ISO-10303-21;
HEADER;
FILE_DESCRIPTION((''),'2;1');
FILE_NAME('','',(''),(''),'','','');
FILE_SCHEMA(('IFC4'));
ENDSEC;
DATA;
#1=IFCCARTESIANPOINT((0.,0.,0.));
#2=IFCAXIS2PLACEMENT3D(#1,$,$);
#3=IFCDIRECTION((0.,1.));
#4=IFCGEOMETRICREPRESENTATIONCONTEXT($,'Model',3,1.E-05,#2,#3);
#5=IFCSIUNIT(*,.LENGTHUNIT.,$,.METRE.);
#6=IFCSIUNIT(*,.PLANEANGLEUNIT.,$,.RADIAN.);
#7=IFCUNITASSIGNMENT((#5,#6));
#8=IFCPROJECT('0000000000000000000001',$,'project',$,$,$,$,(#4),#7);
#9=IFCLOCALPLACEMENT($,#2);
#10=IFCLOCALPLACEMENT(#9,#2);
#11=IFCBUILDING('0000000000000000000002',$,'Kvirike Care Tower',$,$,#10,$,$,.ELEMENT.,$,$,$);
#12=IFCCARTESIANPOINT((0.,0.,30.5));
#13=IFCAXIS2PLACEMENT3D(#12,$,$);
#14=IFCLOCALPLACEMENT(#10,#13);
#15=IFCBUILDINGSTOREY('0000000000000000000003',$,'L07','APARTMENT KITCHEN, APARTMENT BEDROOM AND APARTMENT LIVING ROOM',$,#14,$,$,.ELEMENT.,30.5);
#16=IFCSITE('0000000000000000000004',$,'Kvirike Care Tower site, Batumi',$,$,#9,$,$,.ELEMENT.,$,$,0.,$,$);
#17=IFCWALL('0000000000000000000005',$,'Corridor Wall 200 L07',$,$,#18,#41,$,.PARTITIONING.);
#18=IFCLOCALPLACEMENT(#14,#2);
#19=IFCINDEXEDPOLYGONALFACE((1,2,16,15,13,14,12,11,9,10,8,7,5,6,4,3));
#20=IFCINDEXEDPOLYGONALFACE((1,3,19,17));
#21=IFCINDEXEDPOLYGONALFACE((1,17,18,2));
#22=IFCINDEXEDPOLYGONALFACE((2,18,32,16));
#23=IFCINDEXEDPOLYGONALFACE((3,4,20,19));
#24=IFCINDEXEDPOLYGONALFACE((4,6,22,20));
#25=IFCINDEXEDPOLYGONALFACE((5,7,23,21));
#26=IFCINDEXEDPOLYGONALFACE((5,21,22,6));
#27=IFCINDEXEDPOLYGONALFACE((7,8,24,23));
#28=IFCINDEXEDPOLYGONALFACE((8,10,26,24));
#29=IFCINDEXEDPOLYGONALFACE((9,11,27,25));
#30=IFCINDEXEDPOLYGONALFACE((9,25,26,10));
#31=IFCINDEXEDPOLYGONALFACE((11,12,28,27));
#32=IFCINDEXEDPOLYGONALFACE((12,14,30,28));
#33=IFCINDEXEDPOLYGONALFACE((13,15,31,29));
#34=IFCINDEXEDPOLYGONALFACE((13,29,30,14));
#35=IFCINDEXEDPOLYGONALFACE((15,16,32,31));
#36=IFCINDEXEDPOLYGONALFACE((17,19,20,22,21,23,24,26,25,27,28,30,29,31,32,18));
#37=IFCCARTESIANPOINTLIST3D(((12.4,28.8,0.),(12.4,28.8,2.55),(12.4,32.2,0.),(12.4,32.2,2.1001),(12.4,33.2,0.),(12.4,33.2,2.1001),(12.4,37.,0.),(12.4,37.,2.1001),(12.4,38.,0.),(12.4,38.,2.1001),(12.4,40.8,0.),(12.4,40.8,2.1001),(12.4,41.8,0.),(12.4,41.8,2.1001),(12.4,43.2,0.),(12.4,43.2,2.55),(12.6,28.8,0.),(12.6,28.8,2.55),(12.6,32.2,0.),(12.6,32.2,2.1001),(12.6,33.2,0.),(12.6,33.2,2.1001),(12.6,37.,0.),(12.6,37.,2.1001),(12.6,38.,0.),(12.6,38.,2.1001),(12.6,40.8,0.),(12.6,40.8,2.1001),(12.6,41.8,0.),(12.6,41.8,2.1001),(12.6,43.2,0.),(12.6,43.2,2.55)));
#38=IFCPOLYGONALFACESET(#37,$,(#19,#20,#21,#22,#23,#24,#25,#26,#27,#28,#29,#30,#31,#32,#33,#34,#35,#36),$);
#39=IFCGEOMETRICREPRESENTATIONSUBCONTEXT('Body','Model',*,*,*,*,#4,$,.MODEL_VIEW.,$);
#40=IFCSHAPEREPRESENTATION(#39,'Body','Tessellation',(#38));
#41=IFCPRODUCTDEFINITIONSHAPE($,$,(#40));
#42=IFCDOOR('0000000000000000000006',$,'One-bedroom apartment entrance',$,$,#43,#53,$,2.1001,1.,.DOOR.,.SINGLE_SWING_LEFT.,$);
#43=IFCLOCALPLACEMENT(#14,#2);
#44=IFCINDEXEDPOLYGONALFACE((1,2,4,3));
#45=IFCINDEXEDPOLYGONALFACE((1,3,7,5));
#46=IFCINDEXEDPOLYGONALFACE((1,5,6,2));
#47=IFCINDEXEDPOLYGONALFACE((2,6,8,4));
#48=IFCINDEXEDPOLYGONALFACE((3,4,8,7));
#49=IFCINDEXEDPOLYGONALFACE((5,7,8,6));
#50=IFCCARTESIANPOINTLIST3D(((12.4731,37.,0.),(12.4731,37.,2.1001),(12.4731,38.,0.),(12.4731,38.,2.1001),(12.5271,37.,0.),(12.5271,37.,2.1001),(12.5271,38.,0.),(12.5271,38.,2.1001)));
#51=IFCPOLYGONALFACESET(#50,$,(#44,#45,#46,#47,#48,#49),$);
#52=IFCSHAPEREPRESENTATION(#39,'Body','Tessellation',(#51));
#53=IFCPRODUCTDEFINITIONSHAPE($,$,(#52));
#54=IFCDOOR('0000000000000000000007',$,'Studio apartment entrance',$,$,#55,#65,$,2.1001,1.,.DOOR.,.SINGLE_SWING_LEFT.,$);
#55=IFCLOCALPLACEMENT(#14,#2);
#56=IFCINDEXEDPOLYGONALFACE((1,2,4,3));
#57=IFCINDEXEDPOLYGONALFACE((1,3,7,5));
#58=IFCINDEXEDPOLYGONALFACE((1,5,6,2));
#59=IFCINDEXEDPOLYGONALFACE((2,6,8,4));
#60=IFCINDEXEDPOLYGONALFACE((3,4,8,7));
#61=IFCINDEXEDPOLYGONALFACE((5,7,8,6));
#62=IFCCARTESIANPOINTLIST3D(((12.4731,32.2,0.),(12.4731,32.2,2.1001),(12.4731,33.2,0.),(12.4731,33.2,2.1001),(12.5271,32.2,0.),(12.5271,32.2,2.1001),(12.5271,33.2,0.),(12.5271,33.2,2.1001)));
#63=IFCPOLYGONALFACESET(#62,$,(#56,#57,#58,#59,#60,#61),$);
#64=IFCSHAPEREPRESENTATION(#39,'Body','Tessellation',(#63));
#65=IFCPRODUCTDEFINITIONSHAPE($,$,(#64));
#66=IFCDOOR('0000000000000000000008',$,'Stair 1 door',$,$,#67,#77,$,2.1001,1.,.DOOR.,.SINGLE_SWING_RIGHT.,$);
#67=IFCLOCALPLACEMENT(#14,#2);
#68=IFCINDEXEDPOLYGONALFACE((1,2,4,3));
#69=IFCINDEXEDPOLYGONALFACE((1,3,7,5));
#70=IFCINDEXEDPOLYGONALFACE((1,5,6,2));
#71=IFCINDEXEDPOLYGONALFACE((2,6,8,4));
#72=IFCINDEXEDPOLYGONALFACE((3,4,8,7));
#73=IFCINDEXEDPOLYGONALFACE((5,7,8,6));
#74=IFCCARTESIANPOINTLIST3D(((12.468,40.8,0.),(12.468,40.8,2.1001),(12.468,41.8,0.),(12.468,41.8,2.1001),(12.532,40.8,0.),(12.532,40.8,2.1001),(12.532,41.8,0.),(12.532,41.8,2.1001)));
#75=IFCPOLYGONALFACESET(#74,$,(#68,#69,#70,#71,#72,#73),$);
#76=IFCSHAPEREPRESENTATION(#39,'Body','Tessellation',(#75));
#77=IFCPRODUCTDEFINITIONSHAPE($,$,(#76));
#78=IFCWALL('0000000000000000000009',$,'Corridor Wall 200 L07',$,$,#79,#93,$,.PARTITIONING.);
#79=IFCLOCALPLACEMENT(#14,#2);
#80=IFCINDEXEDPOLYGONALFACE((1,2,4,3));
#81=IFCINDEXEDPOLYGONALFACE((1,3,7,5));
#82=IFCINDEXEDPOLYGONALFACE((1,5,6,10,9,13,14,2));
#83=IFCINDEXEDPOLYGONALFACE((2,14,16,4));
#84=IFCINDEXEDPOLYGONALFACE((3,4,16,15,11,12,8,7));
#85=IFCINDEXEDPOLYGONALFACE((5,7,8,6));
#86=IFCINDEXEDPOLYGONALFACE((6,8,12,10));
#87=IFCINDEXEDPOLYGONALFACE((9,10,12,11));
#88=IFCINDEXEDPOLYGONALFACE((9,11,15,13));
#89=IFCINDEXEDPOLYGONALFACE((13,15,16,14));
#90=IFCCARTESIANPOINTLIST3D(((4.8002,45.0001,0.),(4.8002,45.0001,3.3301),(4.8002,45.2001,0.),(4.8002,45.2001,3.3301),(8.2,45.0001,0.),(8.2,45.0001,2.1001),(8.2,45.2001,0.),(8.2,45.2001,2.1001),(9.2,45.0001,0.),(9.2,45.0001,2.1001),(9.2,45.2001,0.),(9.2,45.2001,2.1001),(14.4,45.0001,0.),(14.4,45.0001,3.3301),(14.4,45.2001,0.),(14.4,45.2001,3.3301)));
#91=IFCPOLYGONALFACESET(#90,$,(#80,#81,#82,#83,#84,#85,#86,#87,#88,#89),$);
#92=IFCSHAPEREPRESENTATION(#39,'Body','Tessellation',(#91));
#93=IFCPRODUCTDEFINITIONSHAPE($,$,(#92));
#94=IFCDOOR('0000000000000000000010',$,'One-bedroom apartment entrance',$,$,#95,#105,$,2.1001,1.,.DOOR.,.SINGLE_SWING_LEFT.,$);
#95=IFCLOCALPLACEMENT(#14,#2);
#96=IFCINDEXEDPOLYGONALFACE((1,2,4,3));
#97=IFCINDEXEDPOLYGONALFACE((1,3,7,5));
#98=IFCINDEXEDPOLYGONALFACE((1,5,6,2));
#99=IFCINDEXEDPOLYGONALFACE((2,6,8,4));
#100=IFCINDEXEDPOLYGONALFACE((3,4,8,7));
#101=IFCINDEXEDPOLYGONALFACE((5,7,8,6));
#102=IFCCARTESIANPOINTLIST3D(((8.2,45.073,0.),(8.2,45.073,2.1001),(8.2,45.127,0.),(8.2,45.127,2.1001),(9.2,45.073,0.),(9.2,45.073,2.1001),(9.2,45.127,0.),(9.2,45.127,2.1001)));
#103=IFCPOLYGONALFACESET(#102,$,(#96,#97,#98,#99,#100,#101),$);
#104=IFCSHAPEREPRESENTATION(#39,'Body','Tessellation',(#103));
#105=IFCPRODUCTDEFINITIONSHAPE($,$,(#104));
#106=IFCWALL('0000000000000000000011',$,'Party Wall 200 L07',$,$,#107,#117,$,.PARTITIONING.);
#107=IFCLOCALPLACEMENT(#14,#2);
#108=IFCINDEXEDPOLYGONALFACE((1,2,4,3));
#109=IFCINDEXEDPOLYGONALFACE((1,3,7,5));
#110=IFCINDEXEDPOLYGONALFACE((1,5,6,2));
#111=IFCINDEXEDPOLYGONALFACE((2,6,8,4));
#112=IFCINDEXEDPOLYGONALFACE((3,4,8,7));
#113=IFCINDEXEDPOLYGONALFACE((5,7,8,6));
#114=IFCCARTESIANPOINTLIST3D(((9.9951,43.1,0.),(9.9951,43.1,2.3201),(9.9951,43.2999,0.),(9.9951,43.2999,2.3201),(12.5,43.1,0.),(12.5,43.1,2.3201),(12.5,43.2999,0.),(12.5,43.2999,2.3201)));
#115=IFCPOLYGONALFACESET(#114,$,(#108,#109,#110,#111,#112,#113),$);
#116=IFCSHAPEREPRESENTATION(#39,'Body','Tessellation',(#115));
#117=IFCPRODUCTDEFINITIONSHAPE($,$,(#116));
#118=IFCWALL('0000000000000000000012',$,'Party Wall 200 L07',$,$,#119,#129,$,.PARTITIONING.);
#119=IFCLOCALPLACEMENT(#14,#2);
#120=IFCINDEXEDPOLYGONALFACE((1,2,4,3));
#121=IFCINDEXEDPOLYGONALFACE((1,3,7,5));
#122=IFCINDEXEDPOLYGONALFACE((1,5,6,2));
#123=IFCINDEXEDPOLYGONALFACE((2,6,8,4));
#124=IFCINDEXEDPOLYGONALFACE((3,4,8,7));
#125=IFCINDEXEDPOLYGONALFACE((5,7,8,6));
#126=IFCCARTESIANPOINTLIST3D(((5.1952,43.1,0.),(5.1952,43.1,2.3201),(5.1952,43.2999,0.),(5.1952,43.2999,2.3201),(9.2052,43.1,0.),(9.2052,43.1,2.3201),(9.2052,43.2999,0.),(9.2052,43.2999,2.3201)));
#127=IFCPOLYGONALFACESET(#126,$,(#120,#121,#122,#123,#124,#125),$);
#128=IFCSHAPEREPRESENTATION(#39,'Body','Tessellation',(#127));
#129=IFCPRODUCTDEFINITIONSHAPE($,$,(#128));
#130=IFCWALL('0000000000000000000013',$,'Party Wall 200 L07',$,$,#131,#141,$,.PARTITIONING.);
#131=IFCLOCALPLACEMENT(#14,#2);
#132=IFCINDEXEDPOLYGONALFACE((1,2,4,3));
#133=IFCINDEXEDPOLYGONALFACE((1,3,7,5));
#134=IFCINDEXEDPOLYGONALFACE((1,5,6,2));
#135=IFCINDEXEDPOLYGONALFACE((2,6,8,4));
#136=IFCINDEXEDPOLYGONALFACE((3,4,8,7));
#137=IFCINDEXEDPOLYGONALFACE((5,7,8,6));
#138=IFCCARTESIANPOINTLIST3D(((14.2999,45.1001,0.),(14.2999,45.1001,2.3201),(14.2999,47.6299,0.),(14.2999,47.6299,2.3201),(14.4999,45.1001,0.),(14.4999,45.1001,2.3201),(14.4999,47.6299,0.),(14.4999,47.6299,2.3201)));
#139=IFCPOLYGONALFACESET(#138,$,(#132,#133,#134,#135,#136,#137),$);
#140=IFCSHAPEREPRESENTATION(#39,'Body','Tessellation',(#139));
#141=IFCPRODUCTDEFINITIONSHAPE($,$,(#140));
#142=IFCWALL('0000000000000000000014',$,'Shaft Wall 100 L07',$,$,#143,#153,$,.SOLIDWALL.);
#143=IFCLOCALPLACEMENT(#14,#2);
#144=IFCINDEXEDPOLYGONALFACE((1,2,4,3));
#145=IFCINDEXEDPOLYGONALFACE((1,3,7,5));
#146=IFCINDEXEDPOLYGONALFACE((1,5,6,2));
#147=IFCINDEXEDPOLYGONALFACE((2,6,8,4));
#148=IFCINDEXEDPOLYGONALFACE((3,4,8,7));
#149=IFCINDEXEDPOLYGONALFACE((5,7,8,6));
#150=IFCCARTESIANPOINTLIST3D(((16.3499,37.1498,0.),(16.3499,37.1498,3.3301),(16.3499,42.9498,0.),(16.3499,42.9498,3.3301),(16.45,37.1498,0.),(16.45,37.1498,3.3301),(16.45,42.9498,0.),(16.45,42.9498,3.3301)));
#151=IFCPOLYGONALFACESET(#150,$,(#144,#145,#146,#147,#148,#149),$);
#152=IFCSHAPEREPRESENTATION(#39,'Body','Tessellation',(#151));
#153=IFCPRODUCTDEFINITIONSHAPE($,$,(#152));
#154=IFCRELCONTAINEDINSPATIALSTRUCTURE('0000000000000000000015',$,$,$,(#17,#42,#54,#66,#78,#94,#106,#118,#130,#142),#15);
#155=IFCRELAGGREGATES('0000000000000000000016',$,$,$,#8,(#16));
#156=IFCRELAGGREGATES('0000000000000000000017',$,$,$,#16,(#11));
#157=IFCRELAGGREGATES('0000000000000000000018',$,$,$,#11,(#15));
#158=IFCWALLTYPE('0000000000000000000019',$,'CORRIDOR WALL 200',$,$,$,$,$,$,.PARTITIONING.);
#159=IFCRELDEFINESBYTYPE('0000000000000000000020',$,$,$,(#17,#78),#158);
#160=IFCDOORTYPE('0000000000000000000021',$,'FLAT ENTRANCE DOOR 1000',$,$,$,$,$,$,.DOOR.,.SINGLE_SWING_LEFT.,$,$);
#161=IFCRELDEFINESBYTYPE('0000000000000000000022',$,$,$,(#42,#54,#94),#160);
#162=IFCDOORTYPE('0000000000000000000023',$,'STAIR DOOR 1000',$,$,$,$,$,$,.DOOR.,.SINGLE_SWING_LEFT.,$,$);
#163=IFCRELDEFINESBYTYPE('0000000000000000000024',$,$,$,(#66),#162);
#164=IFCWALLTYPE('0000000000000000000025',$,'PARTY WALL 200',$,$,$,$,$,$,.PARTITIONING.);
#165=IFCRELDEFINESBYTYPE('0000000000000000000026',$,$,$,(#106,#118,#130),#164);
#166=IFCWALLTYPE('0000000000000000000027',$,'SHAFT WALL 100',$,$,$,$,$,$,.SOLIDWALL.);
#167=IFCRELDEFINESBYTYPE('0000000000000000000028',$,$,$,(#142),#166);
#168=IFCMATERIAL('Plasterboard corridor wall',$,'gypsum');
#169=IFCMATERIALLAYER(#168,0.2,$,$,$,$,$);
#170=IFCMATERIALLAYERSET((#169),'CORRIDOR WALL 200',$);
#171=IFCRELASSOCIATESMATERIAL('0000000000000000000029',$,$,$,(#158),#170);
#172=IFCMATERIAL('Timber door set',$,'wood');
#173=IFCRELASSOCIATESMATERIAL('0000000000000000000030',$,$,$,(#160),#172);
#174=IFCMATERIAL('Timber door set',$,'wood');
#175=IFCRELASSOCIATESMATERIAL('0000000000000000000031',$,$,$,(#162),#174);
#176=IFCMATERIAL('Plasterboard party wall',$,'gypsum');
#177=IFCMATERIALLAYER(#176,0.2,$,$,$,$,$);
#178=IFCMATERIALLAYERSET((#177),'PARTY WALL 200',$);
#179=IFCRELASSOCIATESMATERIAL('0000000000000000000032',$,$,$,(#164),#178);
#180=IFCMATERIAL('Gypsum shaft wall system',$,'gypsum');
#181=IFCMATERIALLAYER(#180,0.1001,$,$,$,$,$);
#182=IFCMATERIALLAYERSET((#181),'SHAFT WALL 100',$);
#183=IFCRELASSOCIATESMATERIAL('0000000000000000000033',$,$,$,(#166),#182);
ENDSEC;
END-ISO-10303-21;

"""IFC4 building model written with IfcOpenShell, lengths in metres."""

from ifc_helpers import new_model, si_unit, direction, frame, frame_2d, origin, place, context, subcontext, project, spatial, rectangle, extrude, material, layer, layer_set, type_object, element, fill, save


model = new_model("IFC4")

# Units and contexts
model_context = context("Model", 3, precision=1e-05, world=origin(), true_north=direction((0.0, 1.0)))
body_context = subcontext(model_context, "Body", "Model", "MODEL_VIEW")
ifc_project = project(units=[si_unit("LENGTHUNIT", "METRE"), si_unit("PLANEANGLEUNIT", "RADIAN")], contexts=[model_context])

# Site, building, storey
site_placement = place(None, origin())
site = spatial("IfcSite", under=ifc_project, at=site_placement, Name="Kvirike Care Tower site, Batumi", CompositionType="ELEMENT", RefElevation=0.0)
building_placement = place(site_placement, origin())
building = spatial("IfcBuilding", under=site, at=building_placement, Name="Kvirike Care Tower", CompositionType="ELEMENT")
storey_placement = place(building_placement, frame((0.0, 0.0, 30.5)))
storey = spatial("IfcBuildingStorey", under=building, at=storey_placement, Name="L07", Description="APARTMENT KITCHEN, APARTMENT BEDROOM AND APARTMENT LIVING ROOM", CompositionType="ELEMENT", Elevation=30.5)

# Wall, openings, doors
ifc_material_1 = material(Name="Plasterboard corridor wall", Category="gypsum")
ifc_layer_1 = layer(ifc_material_1, 0.2)
ifc_layer_set_1 = layer_set([ifc_layer_1], Name="CORRIDOR WALL 200")
wall_type_1 = type_object("IfcWallType", Name="CORRIDOR WALL 200", PredefinedType="PARTITIONING", material=ifc_layer_set_1)
wall_1_placement = place(storey_placement, frame((12.5, 43.2, 0.0), z_axis=(0.0, 0.0, 1.0), x_axis=(0.0, -1.0, 0.0)))
wall_1 = element("IfcWall", 1, at=wall_1_placement, inside=storey, type_object=wall_type_1, Name="Corridor Wall 200 L07", PredefinedType="PARTITIONING", context=body_context, shape_type="SweptSolid", body=[
    extrude(rectangle(XDim=14.3999, YDim=0.2, at=frame_2d((7.2, 0.0))), origin(), (0.0, 0.0, 1.0), 2.55),
])
opening_1_placement = place(wall_1_placement, frame((1.3999, 0.0, 0.0)))
opening_1 = element("IfcOpeningElement", 2, at=opening_1_placement, cuts=wall_1, PredefinedType="OPENING", context=body_context, shape_type="SweptSolid", body=[
    extrude(rectangle(XDim=1.0, YDim=2.1001, at=frame_2d((0.5, 1.05))), frame((0.0, 0.1106, 0.0), z_axis=(0.0, -1.0, 0.0), x_axis=(1.0, 0.0, 0.0)), (0.0, 0.0, 1.0), 0.2209),
])
opening_2_placement = place(wall_1_placement, frame((5.2, 0.0, 0.0)))
opening_2 = element("IfcOpeningElement", 3, at=opening_2_placement, cuts=wall_1, PredefinedType="OPENING", context=body_context, shape_type="SweptSolid", body=[
    extrude(rectangle(XDim=1.0, YDim=2.1001, at=frame_2d((0.5, 1.05))), frame((0.0, 0.1106, 0.0), z_axis=(0.0, -1.0, 0.0), x_axis=(1.0, 0.0, 0.0)), (0.0, 0.0, 1.0), 0.2209),
])
opening_3_placement = place(wall_1_placement, frame((10.0, 0.0, 0.0)))
opening_3 = element("IfcOpeningElement", 4, at=opening_3_placement, cuts=wall_1, PredefinedType="OPENING", context=body_context, shape_type="SweptSolid", body=[
    extrude(rectangle(XDim=1.0, YDim=2.1001, at=frame_2d((0.5, 1.05))), frame((0.0, 0.1106, 0.0), z_axis=(0.0, -1.0, 0.0), x_axis=(1.0, 0.0, 0.0)), (0.0, 0.0, 1.0), 0.2209),
])
ifc_material_2 = material(Name="Timber door set", Category="wood")
door_type_1 = type_object("IfcDoorType", Name="FLAT ENTRANCE DOOR 1000", OperationType="SINGLE_SWING_LEFT", PredefinedType="DOOR", material=ifc_material_2)
door_1_placement = place(opening_2_placement, frame((1.0, 0.0, 0.0), z_axis=(0.0, 0.0, 1.0), x_axis=(-1.0, 0.0, 0.0)))
door_1 = element("IfcDoor", 5, at=door_1_placement, inside=storey, type_object=door_type_1, Name="One-bedroom apartment entrance", OperationType="SINGLE_SWING_LEFT", OverallHeight=2.1001, OverallWidth=1.0, PredefinedType="DOOR", context=body_context, shape_type="SweptSolid", body=[
    extrude(rectangle(XDim=1.0, YDim=2.1001, at=frame_2d((0.5, 1.05))), frame((0.0, 0.0269, 0.0), z_axis=(0.0, -1.0, 0.0), x_axis=(1.0, 0.0, 0.0)), (0.0, 0.0, 1.0), 0.054),
])
fill(opening_2, door_1)
door_2_placement = place(opening_3_placement, frame((1.0, 0.0, 0.0), z_axis=(0.0, 0.0, 1.0), x_axis=(-1.0, 0.0, 0.0)))
door_2 = element("IfcDoor", 6, at=door_2_placement, inside=storey, type_object=door_type_1, Name="Studio apartment entrance", OperationType="SINGLE_SWING_LEFT", OverallHeight=2.1001, OverallWidth=1.0, PredefinedType="DOOR", context=body_context, shape_type="SweptSolid", body=[
    extrude(rectangle(XDim=1.0, YDim=2.1001, at=frame_2d((0.5, 1.05))), frame((0.0, 0.0269, 0.0), z_axis=(0.0, -1.0, 0.0), x_axis=(1.0, 0.0, 0.0)), (0.0, 0.0, 1.0), 0.054),
])
fill(opening_3, door_2)
ifc_material_3 = material(Name="Timber door set", Category="wood")
door_type_2 = type_object("IfcDoorType", Name="STAIR DOOR 1000", OperationType="SINGLE_SWING_LEFT", PredefinedType="DOOR", material=ifc_material_3)
door_3_placement = place(opening_1_placement, frame((1.0, 0.0, 0.0), z_axis=(0.0, 0.0, 1.0), x_axis=(-1.0, 0.0, 0.0)))
door_3 = element("IfcDoor", 7, at=door_3_placement, inside=storey, type_object=door_type_2, Name="Stair 1 door", OperationType="SINGLE_SWING_RIGHT", OverallHeight=2.1001, OverallWidth=1.0, PredefinedType="DOOR", context=body_context, shape_type="SweptSolid", body=[
    extrude(rectangle(XDim=1.0, YDim=2.1001, at=frame_2d((0.5, 1.05))), frame((0.0, 0.032, 0.0), z_axis=(0.0, -1.0, 0.0), x_axis=(1.0, 0.0, 0.0)), (0.0, 0.0, 1.0), 0.064),
])
fill(opening_1, door_3)

# Wall, opening, door
wall_2_placement = place(storey_placement, frame((14.3999, 45.1001, 0.0), z_axis=(0.0, 0.0, 1.0), x_axis=(-1.0, 0.0, 0.0)))
wall_2 = element("IfcWall", 8, at=wall_2_placement, inside=storey, type_object=wall_type_1, Name="Corridor Wall 200 L07", PredefinedType="PARTITIONING", context=body_context, shape_type="SweptSolid", body=[
    extrude(rectangle(XDim=9.5999, YDim=0.2, at=frame_2d((4.7998, 0.0))), origin(), (0.0, 0.0, 1.0), 3.3301),
])
opening_4_placement = place(wall_2_placement, frame((5.2, 0.0, 0.0)))
opening_4 = element("IfcOpeningElement", 9, at=opening_4_placement, cuts=wall_2, PredefinedType="OPENING", context=body_context, shape_type="SweptSolid", body=[
    extrude(rectangle(XDim=1.0, YDim=2.1001, at=frame_2d((0.5, 1.05))), frame((0.0, 0.1106, 0.0), z_axis=(0.0, -1.0, 0.0), x_axis=(1.0, 0.0, 0.0)), (0.0, 0.0, 1.0), 0.2209),
])
door_4_placement = place(opening_4_placement, frame((1.0, 0.0, 0.0), z_axis=(0.0, 0.0, 1.0), x_axis=(-1.0, 0.0, 0.0)))
door_4 = element("IfcDoor", 10, at=door_4_placement, inside=storey, type_object=door_type_1, Name="One-bedroom apartment entrance", OperationType="SINGLE_SWING_LEFT", OverallHeight=2.1001, OverallWidth=1.0, PredefinedType="DOOR", context=body_context, shape_type="SweptSolid", body=[
    extrude(rectangle(XDim=1.0, YDim=2.1001, at=frame_2d((0.5, 1.05))), frame((0.0, 0.0269, 0.0), z_axis=(0.0, -1.0, 0.0), x_axis=(1.0, 0.0, 0.0)), (0.0, 0.0, 1.0), 0.054),
])
fill(opening_4, door_4)

# Walls
ifc_material_4 = material(Name="Plasterboard party wall", Category="gypsum")
ifc_layer_2 = layer(ifc_material_4, 0.2)
ifc_layer_set_2 = layer_set([ifc_layer_2], Name="PARTY WALL 200")
wall_type_2 = type_object("IfcWallType", Name="PARTY WALL 200", PredefinedType="PARTITIONING", material=ifc_layer_set_2)
wall_3_placement = place(storey_placement, frame((12.5, 43.2, 0.0), z_axis=(0.0, 0.0, 1.0), x_axis=(-1.0, 0.0, 0.0)))
element("IfcWall", 11, at=wall_3_placement, inside=storey, type_object=wall_type_2, Name="Party Wall 200 L07", PredefinedType="PARTITIONING", context=body_context, shape_type="SweptSolid", body=[
    extrude(rectangle(XDim=2.5049, YDim=0.2, at=frame_2d((1.2524, 0.0))), origin(), (0.0, 0.0, 1.0), 2.3201),
])
wall_4_placement = place(storey_placement, frame((9.2051, 43.2, 0.0), z_axis=(0.0, 0.0, 1.0), x_axis=(-1.0, 0.0, 0.0)))
element("IfcWall", 12, at=wall_4_placement, inside=storey, type_object=wall_type_2, Name="Party Wall 200 L07", PredefinedType="PARTITIONING", context=body_context, shape_type="SweptSolid", body=[
    extrude(rectangle(XDim=4.01, YDim=0.2, at=frame_2d((2.0049, 0.0))), origin(), (0.0, 0.0, 1.0), 2.3201),
])
wall_5_placement = place(storey_placement, frame((14.3999, 45.1001, 0.0), z_axis=(0.0, 0.0, 1.0), x_axis=(0.0, 1.0, 0.0)))
element("IfcWall", 13, at=wall_5_placement, inside=storey, type_object=wall_type_2, Name="Party Wall 200 L07", PredefinedType="PARTITIONING", context=body_context, shape_type="SweptSolid", body=[
    extrude(rectangle(XDim=2.5298, YDim=0.2, at=frame_2d((1.2649, 0.0))), origin(), (0.0, 0.0, 1.0), 2.3201),
])
ifc_material_5 = material(Name="Gypsum shaft wall system", Category="gypsum")
ifc_layer_3 = layer(ifc_material_5, 0.1001)
ifc_layer_set_3 = layer_set([ifc_layer_3], Name="SHAFT WALL 100")
wall_type_3 = type_object("IfcWallType", Name="SHAFT WALL 100", PredefinedType="SOLIDWALL", material=ifc_layer_set_3)
wall_6_placement = place(storey_placement, frame((16.3999, 37.1499, 0.0), z_axis=(0.0, 0.0, 1.0), x_axis=(0.0, 1.0, 0.0)))
element("IfcWall", 14, at=wall_6_placement, inside=storey, type_object=wall_type_3, Name="Shaft Wall 100 L07", PredefinedType="SOLIDWALL", context=body_context, shape_type="SweptSolid", body=[
    extrude(rectangle(XDim=5.8, YDim=0.1001, at=frame_2d((2.8999, 0.0))), origin(), (0.0, 0.0, 1.0), 3.3301),
])

save(model, "model.ifc")
